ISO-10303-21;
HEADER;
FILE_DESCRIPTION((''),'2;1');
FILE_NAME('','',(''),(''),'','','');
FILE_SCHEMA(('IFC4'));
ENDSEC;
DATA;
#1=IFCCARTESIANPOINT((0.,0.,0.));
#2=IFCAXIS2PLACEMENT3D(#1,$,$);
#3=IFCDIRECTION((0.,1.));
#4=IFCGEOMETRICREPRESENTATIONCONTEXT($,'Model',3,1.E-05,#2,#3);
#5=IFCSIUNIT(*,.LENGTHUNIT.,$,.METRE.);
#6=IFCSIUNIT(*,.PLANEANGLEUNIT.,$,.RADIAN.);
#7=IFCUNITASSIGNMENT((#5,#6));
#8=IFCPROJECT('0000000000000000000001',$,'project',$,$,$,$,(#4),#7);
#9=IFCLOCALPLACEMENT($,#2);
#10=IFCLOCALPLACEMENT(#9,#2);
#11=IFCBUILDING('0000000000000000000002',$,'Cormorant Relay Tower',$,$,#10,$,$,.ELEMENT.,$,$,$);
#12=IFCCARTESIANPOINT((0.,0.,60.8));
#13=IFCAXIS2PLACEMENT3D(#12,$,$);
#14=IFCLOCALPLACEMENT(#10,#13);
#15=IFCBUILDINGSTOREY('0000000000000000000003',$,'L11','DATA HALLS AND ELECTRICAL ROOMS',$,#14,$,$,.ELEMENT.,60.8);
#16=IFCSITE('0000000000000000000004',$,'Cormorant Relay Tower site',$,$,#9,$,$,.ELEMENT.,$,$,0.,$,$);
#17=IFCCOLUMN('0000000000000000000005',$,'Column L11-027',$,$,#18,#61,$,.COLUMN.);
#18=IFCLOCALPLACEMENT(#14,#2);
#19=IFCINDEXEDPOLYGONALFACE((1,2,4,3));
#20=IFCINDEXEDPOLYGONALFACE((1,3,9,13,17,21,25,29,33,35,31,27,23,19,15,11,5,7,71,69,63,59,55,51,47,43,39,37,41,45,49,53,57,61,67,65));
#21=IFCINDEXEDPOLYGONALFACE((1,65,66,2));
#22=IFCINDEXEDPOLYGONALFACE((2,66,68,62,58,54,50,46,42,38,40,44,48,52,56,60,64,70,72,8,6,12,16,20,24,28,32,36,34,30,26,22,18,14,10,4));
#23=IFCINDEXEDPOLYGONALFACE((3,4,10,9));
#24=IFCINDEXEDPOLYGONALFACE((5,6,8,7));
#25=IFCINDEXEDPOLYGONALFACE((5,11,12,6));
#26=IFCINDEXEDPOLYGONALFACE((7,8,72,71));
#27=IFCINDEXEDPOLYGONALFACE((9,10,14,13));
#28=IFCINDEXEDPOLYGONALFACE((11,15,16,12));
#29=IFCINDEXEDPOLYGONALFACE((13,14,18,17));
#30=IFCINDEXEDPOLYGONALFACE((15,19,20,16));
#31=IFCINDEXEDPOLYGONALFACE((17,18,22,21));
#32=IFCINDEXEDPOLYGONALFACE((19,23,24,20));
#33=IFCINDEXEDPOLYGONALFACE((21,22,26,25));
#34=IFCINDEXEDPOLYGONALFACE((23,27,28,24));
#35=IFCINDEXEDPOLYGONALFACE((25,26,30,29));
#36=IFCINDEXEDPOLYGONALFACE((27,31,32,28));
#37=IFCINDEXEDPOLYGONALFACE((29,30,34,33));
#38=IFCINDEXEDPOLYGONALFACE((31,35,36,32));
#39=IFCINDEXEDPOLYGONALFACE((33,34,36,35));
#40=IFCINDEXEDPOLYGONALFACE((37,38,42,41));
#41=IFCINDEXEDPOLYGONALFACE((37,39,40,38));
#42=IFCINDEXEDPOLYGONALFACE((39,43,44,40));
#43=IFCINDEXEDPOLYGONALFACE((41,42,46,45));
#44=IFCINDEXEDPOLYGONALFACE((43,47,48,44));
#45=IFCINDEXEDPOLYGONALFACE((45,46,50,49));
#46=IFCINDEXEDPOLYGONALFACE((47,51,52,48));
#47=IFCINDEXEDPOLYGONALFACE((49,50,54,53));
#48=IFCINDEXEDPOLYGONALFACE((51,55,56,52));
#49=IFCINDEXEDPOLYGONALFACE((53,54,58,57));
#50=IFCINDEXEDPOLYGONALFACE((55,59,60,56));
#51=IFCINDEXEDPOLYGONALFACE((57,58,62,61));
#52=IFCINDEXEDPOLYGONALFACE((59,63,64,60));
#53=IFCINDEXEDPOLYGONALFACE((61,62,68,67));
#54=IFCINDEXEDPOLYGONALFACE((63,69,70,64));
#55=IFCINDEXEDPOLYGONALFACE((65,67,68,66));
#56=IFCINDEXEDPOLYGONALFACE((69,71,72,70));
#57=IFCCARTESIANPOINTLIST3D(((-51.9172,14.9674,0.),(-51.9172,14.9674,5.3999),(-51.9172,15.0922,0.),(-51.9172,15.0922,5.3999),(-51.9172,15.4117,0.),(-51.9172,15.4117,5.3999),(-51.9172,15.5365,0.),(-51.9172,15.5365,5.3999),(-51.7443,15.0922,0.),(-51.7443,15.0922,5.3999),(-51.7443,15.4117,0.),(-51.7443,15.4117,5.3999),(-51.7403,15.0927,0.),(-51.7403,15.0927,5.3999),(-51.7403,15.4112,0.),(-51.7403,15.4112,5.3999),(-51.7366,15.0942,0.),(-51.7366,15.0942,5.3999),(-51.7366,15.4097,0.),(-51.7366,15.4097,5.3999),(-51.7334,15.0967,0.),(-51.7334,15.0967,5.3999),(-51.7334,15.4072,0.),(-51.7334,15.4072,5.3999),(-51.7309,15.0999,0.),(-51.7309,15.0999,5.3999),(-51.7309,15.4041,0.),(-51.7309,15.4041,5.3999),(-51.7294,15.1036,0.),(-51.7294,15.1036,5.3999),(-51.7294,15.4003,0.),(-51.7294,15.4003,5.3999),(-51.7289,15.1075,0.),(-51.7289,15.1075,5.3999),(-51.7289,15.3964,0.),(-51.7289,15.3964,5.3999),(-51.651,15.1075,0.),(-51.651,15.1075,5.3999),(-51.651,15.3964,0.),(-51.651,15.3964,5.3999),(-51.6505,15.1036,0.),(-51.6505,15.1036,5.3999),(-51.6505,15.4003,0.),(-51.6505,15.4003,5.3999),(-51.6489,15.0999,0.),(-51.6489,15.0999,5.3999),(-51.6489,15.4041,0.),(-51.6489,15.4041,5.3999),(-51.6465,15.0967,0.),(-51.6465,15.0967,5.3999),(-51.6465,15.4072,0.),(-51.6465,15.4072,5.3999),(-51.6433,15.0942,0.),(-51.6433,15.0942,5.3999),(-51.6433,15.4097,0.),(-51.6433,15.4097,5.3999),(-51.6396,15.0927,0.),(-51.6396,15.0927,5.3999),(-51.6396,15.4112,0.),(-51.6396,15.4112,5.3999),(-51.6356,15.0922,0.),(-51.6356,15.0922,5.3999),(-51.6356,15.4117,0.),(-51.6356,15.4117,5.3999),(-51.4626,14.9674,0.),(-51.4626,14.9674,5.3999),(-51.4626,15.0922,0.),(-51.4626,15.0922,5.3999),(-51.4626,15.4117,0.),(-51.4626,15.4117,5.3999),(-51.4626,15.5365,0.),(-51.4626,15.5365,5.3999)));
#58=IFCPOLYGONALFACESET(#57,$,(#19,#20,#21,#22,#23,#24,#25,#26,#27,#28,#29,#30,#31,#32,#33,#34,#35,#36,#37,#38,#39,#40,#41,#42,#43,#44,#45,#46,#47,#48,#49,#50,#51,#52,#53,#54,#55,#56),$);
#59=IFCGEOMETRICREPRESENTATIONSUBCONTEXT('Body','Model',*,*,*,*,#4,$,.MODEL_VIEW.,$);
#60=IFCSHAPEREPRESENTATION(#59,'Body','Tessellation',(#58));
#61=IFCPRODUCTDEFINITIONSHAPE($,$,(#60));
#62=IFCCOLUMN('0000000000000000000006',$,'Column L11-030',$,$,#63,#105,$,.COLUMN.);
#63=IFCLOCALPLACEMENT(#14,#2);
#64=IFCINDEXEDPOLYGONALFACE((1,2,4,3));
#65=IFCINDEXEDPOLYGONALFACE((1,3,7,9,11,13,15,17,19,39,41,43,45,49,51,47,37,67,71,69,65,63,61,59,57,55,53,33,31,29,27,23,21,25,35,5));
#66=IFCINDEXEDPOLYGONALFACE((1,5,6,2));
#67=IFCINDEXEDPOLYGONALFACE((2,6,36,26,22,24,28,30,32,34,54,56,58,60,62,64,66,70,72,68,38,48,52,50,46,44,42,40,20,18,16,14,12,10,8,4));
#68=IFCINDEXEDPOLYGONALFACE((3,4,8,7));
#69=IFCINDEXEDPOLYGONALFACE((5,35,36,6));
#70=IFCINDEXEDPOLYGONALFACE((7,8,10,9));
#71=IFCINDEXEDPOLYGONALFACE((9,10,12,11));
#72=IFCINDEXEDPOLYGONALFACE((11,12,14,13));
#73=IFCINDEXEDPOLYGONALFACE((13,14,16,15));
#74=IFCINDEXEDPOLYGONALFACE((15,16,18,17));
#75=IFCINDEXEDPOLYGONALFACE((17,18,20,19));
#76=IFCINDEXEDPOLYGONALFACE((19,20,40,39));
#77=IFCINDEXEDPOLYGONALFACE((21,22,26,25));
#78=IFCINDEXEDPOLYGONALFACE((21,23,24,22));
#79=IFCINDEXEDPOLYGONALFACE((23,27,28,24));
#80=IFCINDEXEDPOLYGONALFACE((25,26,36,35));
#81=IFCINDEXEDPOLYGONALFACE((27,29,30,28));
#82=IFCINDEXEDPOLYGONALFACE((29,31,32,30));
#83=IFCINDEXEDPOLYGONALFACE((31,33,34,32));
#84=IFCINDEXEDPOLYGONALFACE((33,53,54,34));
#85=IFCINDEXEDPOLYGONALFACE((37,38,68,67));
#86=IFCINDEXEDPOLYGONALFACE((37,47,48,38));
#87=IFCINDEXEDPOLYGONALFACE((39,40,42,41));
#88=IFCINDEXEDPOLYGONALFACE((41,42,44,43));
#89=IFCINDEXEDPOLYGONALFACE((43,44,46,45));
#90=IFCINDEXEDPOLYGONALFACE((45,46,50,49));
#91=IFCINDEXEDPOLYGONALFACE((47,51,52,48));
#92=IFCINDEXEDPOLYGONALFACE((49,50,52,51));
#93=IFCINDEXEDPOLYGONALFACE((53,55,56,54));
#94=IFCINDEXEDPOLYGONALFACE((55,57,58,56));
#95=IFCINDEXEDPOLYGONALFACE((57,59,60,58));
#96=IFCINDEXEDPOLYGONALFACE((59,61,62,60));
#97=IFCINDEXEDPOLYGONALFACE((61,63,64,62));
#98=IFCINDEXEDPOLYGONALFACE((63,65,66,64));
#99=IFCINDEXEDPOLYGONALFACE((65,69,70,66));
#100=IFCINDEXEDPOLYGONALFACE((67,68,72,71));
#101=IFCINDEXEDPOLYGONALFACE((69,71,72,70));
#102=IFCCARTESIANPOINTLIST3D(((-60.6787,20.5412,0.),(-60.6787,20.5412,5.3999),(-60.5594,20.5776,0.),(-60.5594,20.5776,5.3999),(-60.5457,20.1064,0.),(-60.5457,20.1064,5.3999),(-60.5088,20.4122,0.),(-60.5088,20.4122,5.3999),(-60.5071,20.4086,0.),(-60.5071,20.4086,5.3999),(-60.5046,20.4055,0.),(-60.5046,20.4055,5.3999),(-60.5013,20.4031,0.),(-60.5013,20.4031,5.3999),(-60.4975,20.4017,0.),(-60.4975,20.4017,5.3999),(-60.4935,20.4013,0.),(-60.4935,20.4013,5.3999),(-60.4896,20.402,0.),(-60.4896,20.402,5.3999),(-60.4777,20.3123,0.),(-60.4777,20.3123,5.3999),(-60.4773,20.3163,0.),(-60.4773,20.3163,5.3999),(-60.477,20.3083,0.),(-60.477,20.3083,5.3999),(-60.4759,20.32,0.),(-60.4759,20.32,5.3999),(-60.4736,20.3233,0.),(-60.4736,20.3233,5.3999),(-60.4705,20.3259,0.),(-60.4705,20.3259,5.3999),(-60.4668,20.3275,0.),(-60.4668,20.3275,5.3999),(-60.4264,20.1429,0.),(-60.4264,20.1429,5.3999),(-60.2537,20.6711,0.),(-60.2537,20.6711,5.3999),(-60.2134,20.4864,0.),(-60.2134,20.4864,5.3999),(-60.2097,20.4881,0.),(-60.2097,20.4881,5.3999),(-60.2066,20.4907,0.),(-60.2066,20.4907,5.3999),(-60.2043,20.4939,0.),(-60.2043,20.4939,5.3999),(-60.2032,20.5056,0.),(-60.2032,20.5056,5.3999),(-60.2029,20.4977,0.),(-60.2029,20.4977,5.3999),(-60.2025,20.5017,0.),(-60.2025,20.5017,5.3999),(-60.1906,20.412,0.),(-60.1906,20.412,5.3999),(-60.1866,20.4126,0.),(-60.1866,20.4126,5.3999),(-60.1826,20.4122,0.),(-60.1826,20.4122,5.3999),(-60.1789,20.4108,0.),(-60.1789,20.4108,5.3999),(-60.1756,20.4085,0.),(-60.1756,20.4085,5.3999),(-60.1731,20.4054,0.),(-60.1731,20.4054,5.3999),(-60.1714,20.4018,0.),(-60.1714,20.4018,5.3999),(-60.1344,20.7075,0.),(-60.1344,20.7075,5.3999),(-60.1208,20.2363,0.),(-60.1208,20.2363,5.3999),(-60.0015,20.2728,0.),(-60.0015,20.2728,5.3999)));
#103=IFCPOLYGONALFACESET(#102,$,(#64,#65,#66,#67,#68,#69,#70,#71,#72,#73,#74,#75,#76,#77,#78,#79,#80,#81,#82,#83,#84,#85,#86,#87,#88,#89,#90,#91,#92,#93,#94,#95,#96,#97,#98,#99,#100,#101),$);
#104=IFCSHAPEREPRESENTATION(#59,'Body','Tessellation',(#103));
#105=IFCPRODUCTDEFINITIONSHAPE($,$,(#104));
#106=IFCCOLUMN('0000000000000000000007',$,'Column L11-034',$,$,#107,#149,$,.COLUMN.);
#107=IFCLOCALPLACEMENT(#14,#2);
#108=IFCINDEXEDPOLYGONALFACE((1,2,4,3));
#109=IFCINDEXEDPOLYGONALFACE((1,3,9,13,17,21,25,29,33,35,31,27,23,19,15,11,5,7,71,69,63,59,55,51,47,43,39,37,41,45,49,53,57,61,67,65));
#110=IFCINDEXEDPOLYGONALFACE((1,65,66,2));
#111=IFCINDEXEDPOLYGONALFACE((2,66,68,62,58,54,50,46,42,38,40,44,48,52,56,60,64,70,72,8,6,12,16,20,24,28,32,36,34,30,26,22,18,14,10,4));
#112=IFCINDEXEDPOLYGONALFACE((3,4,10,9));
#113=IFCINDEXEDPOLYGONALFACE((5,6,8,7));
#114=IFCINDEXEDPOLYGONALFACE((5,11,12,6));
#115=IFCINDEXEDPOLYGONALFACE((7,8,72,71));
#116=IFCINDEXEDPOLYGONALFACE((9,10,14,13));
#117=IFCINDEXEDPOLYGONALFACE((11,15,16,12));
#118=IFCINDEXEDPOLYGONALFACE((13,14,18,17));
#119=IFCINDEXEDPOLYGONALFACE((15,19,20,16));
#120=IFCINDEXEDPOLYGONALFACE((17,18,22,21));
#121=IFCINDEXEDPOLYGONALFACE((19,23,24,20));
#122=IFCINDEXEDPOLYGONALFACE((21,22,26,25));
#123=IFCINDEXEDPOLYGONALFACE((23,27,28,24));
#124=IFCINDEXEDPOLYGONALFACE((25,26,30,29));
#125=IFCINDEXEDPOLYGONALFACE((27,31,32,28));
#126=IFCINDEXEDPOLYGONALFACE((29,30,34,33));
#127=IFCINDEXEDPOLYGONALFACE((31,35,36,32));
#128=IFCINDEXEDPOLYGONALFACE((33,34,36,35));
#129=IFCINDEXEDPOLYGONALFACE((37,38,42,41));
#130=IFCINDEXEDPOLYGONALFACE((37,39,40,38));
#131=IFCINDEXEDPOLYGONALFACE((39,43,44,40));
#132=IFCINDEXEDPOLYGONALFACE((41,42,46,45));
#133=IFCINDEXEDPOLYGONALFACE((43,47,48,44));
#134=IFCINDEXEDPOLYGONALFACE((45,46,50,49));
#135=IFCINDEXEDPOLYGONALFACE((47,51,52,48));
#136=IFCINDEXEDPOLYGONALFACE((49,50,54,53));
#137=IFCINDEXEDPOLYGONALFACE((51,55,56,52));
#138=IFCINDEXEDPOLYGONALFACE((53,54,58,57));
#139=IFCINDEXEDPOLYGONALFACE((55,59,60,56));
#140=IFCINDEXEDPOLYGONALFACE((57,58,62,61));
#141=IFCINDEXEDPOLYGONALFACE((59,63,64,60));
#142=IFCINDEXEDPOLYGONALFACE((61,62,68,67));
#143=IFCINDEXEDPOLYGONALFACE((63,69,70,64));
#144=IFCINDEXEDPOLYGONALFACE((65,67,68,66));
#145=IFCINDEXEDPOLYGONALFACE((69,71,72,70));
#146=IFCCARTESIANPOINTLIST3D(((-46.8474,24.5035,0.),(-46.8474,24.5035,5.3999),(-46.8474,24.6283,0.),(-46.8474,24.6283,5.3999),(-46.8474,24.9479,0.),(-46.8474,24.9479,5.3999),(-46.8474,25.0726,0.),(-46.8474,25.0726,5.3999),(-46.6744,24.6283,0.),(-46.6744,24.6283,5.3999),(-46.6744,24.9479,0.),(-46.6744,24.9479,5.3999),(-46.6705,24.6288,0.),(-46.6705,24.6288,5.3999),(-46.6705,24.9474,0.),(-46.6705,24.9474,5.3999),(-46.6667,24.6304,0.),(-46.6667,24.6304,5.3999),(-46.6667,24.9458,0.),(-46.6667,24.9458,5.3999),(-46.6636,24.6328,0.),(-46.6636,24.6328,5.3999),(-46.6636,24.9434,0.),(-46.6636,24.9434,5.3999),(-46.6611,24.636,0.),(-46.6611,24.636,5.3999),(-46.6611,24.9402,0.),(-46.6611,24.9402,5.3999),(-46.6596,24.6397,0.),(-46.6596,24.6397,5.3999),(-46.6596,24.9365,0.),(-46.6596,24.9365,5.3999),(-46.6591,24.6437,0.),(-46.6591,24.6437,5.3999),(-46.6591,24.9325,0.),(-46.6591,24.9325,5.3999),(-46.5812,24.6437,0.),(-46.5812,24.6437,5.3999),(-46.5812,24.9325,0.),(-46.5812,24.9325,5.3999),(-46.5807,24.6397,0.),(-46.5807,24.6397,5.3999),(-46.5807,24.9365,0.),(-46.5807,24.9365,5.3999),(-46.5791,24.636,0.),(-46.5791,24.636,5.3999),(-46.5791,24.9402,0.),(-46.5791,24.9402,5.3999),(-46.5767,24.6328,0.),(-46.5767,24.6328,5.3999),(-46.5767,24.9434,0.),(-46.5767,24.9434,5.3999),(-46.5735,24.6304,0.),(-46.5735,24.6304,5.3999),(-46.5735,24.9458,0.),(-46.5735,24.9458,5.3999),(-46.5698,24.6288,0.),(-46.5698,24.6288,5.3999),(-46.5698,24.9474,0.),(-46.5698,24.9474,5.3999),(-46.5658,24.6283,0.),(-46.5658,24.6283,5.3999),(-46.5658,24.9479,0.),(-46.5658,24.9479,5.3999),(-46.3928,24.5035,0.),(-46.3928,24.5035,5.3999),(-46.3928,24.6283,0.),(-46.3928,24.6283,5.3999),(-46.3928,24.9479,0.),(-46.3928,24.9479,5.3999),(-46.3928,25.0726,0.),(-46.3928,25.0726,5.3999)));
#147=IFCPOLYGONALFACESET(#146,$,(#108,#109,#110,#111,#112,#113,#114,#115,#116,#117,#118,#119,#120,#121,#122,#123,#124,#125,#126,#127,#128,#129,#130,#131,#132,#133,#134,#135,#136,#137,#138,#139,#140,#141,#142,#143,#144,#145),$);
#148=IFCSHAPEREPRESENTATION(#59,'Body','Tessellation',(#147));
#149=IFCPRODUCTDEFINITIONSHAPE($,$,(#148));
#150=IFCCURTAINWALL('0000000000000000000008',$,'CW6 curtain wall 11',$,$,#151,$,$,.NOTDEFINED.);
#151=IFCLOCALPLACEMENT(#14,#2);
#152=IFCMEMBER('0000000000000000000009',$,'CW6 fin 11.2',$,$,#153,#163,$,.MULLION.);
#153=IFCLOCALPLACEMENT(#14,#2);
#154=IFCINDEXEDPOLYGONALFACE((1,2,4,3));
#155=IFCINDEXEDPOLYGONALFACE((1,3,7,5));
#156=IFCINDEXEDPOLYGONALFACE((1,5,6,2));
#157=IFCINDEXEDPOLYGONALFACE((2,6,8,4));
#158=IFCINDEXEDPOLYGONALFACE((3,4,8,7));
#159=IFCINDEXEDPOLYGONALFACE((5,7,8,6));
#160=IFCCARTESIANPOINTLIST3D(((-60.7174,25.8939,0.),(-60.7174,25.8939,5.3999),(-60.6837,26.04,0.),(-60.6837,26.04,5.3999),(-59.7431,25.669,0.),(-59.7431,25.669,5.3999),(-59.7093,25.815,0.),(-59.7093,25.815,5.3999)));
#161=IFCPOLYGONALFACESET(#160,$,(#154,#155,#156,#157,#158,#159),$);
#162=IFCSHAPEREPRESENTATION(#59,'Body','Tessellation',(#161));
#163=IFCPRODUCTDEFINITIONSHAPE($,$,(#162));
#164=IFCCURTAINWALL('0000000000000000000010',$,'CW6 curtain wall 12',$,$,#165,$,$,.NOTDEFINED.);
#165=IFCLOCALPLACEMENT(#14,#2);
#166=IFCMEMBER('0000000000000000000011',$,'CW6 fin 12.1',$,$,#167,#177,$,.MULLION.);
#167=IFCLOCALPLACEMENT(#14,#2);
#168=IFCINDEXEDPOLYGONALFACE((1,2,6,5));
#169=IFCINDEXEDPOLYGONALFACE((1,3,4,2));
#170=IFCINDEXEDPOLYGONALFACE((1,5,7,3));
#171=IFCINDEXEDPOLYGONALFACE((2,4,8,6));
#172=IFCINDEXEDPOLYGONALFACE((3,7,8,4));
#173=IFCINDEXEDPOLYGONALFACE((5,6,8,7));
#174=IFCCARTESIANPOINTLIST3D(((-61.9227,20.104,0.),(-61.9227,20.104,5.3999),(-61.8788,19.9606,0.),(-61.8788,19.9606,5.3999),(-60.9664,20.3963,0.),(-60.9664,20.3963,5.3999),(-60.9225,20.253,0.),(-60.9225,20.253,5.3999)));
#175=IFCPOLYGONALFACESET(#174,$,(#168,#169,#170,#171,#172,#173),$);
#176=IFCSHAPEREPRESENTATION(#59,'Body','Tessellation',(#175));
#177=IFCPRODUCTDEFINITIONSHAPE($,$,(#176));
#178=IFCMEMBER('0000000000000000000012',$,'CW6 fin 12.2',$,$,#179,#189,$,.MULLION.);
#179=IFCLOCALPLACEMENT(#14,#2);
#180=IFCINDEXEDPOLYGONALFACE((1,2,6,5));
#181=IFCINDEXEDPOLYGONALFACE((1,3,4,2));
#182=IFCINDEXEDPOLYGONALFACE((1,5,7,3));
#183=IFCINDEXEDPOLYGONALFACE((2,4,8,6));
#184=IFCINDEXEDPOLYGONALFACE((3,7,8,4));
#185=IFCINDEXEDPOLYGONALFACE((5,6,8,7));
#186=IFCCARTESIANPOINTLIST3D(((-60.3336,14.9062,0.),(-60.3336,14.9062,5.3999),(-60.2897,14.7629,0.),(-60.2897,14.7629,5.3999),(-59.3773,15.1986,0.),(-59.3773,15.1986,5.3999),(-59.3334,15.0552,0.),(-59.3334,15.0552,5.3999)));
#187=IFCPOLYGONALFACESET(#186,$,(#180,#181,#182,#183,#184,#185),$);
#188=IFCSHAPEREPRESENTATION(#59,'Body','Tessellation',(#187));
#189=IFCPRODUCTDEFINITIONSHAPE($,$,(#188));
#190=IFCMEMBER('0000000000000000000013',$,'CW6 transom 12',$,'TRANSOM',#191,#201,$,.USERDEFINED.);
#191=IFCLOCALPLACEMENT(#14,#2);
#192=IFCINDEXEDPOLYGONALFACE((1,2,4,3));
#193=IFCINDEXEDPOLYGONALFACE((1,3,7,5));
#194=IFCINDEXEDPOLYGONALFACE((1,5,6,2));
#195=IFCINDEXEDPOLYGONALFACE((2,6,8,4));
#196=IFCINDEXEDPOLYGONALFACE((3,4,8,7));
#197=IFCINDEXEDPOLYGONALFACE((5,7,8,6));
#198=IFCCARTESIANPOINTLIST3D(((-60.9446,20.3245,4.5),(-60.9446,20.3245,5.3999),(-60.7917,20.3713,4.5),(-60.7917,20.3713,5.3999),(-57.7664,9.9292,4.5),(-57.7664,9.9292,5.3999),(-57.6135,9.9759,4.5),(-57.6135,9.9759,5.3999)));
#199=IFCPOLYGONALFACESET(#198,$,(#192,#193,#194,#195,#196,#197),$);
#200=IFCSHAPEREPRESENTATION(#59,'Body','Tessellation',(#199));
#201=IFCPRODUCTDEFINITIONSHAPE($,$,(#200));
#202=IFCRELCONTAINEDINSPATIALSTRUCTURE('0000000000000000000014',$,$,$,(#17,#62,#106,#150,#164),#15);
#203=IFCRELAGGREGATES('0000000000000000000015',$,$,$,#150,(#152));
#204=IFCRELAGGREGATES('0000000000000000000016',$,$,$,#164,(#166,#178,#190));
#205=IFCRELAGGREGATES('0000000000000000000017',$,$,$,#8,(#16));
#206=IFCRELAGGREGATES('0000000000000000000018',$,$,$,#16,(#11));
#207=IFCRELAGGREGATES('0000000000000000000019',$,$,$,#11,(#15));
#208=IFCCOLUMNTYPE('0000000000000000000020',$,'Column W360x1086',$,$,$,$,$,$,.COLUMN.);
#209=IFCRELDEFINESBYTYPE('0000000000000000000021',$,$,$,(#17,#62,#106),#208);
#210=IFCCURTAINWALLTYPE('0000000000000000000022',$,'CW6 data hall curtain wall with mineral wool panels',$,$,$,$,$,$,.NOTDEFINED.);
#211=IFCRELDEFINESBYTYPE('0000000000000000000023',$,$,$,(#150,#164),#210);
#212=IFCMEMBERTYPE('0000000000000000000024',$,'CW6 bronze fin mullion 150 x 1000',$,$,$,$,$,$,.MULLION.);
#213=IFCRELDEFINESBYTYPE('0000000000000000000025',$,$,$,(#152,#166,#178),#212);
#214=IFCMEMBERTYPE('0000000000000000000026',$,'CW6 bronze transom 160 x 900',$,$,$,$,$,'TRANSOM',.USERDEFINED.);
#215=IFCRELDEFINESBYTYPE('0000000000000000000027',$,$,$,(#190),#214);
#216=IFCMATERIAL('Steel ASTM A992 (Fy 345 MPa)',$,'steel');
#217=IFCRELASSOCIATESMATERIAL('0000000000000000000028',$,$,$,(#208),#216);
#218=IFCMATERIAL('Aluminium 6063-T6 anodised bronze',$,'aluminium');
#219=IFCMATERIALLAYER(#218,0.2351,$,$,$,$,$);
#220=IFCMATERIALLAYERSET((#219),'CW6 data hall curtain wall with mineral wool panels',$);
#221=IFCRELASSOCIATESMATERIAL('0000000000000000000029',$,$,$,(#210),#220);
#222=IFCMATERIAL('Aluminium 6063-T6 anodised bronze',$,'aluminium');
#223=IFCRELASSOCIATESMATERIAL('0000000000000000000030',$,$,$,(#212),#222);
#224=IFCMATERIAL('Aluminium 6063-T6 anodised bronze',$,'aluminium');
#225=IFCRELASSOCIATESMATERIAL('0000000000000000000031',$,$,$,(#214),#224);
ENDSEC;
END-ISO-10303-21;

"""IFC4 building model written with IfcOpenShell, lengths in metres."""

from ifc_helpers import new_model, si_unit, direction, frame, origin, origin_2d, place, context, subcontext, project, spatial, rectangle, i_section, extrude, material, layer, layer_set, material_profile, profile_set, type_object, element, aggregate, save


model = new_model("IFC4")

# Units and contexts
model_context = context("Model", 3, precision=1e-05, world=origin(), true_north=direction((0.0, 1.0)))
body_context = subcontext(model_context, "Body", "Model", "MODEL_VIEW")
ifc_project = project(units=[si_unit("LENGTHUNIT", "METRE"), si_unit("PLANEANGLEUNIT", "RADIAN")], contexts=[model_context])

# Site, building, storey
site_placement = place(None, origin())
site = spatial("IfcSite", under=ifc_project, at=site_placement, Name="Cormorant Relay Tower site", CompositionType="ELEMENT", RefElevation=0.0)
building_placement = place(site_placement, origin())
building = spatial("IfcBuilding", under=site, at=building_placement, Name="Cormorant Relay Tower", CompositionType="ELEMENT")
storey_placement = place(building_placement, frame((0.0, 0.0, 60.8)))
storey = spatial("IfcBuildingStorey", under=building, at=storey_placement, Name="L11", Description="DATA HALLS AND ELECTRICAL ROOMS", CompositionType="ELEMENT", Elevation=60.8)

# Columns
ifc_material_1 = material(Name="Steel ASTM A992 (Fy 345 MPa)", Category="steel")
ifc_material_profile_1 = material_profile(ifc_material_1, i_section(OverallWidth=0.4546, OverallDepth=0.5691, WebThickness=0.0779, FlangeThickness=0.1248, FilletRadius=0.0154, at=origin_2d()), Name="W360x1086")
ifc_profile_set_1 = profile_set([ifc_material_profile_1], Name="Steel ASTM A992 (Fy 345 MPa)")
column_type = type_object("IfcColumnType", Name="Column W360x1086", PredefinedType="COLUMN", material=ifc_profile_set_1)
for number, where, z_axis, x_axis, name in (
    (1, (-51.6899, 15.252, 0.0), (0.0, 0.0, 1.0), (1.0, 0.0, 0.0), "Column L11-027"),
    (2, (-60.3401, 20.407, 0.0), (0.0, 0.0, 1.0), (0.292372, -0.956305, 0.0), "Column L11-030"),
    (3, (-46.6201, 24.7881, 0.0), (0.0, 0.0, 1.0), (1.0, 0.0, 0.0), "Column L11-034"),
):
    element("IfcColumn", number, at=place(storey_placement, frame(where, z_axis=z_axis, x_axis=x_axis)), inside=storey, type_object=column_type, Name=name, PredefinedType="COLUMN", context=body_context, shape_type="SweptSolid", body=[
        extrude(i_section(OverallWidth=0.4546, OverallDepth=0.5691, WebThickness=0.0779, FlangeThickness=0.1248, FilletRadius=0.0154, at=origin_2d()), origin(), (0.0, 0.0, 1.0), 5.3999),
    ])

# Curtain wall, member
ifc_material_2 = material(Name="Aluminium 6063-T6 anodised bronze", Category="aluminium")
ifc_layer_1 = layer(ifc_material_2, 0.2351)
ifc_layer_set_1 = layer_set([ifc_layer_1], Name="CW6 data hall curtain wall with mineral wool panels")
curtain_wall_type = type_object("IfcCurtainWallType", Name="CW6 data hall curtain wall with mineral wool panels", PredefinedType="NOTDEFINED", material=ifc_layer_set_1)
curtain_wall_1_placement = place(storey_placement, origin())
curtain_wall_1 = element("IfcCurtainWall", 4, at=curtain_wall_1_placement, inside=storey, type_object=curtain_wall_type, Name="CW6 curtain wall 11", PredefinedType="NOTDEFINED")
ifc_material_3 = material(Name="Aluminium 6063-T6 anodised bronze", Category="aluminium")
ifc_material_profile_2 = material_profile(ifc_material_3, rectangle(XDim=0.1499, YDim=1.0, at=origin_2d()), Name="AL 150x1000")
ifc_profile_set_2 = profile_set([ifc_material_profile_2], Name="Aluminium 6063-T6 anodised bronze")
member_type_1 = type_object("IfcMemberType", Name="CW6 bronze fin mullion 150 x 1000", PredefinedType="MULLION", material=ifc_profile_set_2)
member_1_placement = place(storey_placement, frame((-60.2134, 25.8545, 0.0), z_axis=(0.0, 0.0, 1.0), x_axis=(-0.224951, -0.97437, 0.0)))
member_1 = element("IfcMember", 5, at=member_1_placement, type_object=member_type_1, Name="CW6 fin 11.2", PredefinedType="MULLION", context=body_context, shape_type="SweptSolid", body=[
    extrude(rectangle(XDim=0.1499, YDim=1.0, at=origin_2d()), origin(), (0.0, 0.0, 1.0), 5.3999),
])

# Curtain wall, members
curtain_wall_2_placement = place(storey_placement, origin())
curtain_wall_2 = element("IfcCurtainWall", 6, at=curtain_wall_2_placement, inside=storey, type_object=curtain_wall_type, Name="CW6 curtain wall 12", PredefinedType="NOTDEFINED")
member_2_placement = place(storey_placement, frame((-61.4226, 20.1785, 0.0), z_axis=(0.0, 0.0, 1.0), x_axis=(0.292372, -0.956305, 0.0)))
member_2 = element("IfcMember", 7, at=member_2_placement, type_object=member_type_1, Name="CW6 fin 12.1", PredefinedType="MULLION", context=body_context, shape_type="SweptSolid", body=[
    extrude(rectangle(XDim=0.1499, YDim=1.0, at=origin_2d()), origin(), (0.0, 0.0, 1.0), 5.3999),
])
member_3_placement = place(storey_placement, frame((-59.8335, 14.9807, 0.0), z_axis=(0.0, 0.0, 1.0), x_axis=(0.292372, -0.956305, 0.0)))
member_3 = element("IfcMember", 8, at=member_3_placement, type_object=member_type_1, Name="CW6 fin 12.2", PredefinedType="MULLION", context=body_context, shape_type="SweptSolid", body=[
    extrude(rectangle(XDim=0.1499, YDim=1.0, at=origin_2d()), origin(), (0.0, 0.0, 1.0), 5.3999),
])
ifc_material_4 = material(Name="Aluminium 6063-T6 anodised bronze", Category="aluminium")
ifc_material_profile_3 = material_profile(ifc_material_4, rectangle(XDim=0.1599, YDim=0.8999, at=origin_2d()), Name="AL 160x900")
ifc_profile_set_3 = profile_set([ifc_material_profile_3], Name="Aluminium 6063-T6 anodised bronze")
member_type_2 = type_object("IfcMemberType", Name="CW6 bronze transom 160 x 900", ElementType="TRANSOM", PredefinedType="USERDEFINED", material=ifc_profile_set_3)
member_4_placement = place(storey_placement, frame((-60.8682, 20.3479, 4.95), z_axis=(0.292378, -0.956303, 0.0), x_axis=(0.956303, 0.292378, 0.0)))
member_4 = element("IfcMember", 9, at=member_4_placement, type_object=member_type_2, Name="CW6 transom 12", ObjectType="TRANSOM", PredefinedType="USERDEFINED", context=body_context, shape_type="SweptSolid", body=[
    extrude(rectangle(XDim=0.1599, YDim=0.8999, at=origin_2d()), origin(), (0.0, 0.0, 1.0), 10.8704),
])

aggregate(curtain_wall_1, [member_1])
aggregate(curtain_wall_2, [member_2, member_3, member_4])

save(model, "model.ifc")
